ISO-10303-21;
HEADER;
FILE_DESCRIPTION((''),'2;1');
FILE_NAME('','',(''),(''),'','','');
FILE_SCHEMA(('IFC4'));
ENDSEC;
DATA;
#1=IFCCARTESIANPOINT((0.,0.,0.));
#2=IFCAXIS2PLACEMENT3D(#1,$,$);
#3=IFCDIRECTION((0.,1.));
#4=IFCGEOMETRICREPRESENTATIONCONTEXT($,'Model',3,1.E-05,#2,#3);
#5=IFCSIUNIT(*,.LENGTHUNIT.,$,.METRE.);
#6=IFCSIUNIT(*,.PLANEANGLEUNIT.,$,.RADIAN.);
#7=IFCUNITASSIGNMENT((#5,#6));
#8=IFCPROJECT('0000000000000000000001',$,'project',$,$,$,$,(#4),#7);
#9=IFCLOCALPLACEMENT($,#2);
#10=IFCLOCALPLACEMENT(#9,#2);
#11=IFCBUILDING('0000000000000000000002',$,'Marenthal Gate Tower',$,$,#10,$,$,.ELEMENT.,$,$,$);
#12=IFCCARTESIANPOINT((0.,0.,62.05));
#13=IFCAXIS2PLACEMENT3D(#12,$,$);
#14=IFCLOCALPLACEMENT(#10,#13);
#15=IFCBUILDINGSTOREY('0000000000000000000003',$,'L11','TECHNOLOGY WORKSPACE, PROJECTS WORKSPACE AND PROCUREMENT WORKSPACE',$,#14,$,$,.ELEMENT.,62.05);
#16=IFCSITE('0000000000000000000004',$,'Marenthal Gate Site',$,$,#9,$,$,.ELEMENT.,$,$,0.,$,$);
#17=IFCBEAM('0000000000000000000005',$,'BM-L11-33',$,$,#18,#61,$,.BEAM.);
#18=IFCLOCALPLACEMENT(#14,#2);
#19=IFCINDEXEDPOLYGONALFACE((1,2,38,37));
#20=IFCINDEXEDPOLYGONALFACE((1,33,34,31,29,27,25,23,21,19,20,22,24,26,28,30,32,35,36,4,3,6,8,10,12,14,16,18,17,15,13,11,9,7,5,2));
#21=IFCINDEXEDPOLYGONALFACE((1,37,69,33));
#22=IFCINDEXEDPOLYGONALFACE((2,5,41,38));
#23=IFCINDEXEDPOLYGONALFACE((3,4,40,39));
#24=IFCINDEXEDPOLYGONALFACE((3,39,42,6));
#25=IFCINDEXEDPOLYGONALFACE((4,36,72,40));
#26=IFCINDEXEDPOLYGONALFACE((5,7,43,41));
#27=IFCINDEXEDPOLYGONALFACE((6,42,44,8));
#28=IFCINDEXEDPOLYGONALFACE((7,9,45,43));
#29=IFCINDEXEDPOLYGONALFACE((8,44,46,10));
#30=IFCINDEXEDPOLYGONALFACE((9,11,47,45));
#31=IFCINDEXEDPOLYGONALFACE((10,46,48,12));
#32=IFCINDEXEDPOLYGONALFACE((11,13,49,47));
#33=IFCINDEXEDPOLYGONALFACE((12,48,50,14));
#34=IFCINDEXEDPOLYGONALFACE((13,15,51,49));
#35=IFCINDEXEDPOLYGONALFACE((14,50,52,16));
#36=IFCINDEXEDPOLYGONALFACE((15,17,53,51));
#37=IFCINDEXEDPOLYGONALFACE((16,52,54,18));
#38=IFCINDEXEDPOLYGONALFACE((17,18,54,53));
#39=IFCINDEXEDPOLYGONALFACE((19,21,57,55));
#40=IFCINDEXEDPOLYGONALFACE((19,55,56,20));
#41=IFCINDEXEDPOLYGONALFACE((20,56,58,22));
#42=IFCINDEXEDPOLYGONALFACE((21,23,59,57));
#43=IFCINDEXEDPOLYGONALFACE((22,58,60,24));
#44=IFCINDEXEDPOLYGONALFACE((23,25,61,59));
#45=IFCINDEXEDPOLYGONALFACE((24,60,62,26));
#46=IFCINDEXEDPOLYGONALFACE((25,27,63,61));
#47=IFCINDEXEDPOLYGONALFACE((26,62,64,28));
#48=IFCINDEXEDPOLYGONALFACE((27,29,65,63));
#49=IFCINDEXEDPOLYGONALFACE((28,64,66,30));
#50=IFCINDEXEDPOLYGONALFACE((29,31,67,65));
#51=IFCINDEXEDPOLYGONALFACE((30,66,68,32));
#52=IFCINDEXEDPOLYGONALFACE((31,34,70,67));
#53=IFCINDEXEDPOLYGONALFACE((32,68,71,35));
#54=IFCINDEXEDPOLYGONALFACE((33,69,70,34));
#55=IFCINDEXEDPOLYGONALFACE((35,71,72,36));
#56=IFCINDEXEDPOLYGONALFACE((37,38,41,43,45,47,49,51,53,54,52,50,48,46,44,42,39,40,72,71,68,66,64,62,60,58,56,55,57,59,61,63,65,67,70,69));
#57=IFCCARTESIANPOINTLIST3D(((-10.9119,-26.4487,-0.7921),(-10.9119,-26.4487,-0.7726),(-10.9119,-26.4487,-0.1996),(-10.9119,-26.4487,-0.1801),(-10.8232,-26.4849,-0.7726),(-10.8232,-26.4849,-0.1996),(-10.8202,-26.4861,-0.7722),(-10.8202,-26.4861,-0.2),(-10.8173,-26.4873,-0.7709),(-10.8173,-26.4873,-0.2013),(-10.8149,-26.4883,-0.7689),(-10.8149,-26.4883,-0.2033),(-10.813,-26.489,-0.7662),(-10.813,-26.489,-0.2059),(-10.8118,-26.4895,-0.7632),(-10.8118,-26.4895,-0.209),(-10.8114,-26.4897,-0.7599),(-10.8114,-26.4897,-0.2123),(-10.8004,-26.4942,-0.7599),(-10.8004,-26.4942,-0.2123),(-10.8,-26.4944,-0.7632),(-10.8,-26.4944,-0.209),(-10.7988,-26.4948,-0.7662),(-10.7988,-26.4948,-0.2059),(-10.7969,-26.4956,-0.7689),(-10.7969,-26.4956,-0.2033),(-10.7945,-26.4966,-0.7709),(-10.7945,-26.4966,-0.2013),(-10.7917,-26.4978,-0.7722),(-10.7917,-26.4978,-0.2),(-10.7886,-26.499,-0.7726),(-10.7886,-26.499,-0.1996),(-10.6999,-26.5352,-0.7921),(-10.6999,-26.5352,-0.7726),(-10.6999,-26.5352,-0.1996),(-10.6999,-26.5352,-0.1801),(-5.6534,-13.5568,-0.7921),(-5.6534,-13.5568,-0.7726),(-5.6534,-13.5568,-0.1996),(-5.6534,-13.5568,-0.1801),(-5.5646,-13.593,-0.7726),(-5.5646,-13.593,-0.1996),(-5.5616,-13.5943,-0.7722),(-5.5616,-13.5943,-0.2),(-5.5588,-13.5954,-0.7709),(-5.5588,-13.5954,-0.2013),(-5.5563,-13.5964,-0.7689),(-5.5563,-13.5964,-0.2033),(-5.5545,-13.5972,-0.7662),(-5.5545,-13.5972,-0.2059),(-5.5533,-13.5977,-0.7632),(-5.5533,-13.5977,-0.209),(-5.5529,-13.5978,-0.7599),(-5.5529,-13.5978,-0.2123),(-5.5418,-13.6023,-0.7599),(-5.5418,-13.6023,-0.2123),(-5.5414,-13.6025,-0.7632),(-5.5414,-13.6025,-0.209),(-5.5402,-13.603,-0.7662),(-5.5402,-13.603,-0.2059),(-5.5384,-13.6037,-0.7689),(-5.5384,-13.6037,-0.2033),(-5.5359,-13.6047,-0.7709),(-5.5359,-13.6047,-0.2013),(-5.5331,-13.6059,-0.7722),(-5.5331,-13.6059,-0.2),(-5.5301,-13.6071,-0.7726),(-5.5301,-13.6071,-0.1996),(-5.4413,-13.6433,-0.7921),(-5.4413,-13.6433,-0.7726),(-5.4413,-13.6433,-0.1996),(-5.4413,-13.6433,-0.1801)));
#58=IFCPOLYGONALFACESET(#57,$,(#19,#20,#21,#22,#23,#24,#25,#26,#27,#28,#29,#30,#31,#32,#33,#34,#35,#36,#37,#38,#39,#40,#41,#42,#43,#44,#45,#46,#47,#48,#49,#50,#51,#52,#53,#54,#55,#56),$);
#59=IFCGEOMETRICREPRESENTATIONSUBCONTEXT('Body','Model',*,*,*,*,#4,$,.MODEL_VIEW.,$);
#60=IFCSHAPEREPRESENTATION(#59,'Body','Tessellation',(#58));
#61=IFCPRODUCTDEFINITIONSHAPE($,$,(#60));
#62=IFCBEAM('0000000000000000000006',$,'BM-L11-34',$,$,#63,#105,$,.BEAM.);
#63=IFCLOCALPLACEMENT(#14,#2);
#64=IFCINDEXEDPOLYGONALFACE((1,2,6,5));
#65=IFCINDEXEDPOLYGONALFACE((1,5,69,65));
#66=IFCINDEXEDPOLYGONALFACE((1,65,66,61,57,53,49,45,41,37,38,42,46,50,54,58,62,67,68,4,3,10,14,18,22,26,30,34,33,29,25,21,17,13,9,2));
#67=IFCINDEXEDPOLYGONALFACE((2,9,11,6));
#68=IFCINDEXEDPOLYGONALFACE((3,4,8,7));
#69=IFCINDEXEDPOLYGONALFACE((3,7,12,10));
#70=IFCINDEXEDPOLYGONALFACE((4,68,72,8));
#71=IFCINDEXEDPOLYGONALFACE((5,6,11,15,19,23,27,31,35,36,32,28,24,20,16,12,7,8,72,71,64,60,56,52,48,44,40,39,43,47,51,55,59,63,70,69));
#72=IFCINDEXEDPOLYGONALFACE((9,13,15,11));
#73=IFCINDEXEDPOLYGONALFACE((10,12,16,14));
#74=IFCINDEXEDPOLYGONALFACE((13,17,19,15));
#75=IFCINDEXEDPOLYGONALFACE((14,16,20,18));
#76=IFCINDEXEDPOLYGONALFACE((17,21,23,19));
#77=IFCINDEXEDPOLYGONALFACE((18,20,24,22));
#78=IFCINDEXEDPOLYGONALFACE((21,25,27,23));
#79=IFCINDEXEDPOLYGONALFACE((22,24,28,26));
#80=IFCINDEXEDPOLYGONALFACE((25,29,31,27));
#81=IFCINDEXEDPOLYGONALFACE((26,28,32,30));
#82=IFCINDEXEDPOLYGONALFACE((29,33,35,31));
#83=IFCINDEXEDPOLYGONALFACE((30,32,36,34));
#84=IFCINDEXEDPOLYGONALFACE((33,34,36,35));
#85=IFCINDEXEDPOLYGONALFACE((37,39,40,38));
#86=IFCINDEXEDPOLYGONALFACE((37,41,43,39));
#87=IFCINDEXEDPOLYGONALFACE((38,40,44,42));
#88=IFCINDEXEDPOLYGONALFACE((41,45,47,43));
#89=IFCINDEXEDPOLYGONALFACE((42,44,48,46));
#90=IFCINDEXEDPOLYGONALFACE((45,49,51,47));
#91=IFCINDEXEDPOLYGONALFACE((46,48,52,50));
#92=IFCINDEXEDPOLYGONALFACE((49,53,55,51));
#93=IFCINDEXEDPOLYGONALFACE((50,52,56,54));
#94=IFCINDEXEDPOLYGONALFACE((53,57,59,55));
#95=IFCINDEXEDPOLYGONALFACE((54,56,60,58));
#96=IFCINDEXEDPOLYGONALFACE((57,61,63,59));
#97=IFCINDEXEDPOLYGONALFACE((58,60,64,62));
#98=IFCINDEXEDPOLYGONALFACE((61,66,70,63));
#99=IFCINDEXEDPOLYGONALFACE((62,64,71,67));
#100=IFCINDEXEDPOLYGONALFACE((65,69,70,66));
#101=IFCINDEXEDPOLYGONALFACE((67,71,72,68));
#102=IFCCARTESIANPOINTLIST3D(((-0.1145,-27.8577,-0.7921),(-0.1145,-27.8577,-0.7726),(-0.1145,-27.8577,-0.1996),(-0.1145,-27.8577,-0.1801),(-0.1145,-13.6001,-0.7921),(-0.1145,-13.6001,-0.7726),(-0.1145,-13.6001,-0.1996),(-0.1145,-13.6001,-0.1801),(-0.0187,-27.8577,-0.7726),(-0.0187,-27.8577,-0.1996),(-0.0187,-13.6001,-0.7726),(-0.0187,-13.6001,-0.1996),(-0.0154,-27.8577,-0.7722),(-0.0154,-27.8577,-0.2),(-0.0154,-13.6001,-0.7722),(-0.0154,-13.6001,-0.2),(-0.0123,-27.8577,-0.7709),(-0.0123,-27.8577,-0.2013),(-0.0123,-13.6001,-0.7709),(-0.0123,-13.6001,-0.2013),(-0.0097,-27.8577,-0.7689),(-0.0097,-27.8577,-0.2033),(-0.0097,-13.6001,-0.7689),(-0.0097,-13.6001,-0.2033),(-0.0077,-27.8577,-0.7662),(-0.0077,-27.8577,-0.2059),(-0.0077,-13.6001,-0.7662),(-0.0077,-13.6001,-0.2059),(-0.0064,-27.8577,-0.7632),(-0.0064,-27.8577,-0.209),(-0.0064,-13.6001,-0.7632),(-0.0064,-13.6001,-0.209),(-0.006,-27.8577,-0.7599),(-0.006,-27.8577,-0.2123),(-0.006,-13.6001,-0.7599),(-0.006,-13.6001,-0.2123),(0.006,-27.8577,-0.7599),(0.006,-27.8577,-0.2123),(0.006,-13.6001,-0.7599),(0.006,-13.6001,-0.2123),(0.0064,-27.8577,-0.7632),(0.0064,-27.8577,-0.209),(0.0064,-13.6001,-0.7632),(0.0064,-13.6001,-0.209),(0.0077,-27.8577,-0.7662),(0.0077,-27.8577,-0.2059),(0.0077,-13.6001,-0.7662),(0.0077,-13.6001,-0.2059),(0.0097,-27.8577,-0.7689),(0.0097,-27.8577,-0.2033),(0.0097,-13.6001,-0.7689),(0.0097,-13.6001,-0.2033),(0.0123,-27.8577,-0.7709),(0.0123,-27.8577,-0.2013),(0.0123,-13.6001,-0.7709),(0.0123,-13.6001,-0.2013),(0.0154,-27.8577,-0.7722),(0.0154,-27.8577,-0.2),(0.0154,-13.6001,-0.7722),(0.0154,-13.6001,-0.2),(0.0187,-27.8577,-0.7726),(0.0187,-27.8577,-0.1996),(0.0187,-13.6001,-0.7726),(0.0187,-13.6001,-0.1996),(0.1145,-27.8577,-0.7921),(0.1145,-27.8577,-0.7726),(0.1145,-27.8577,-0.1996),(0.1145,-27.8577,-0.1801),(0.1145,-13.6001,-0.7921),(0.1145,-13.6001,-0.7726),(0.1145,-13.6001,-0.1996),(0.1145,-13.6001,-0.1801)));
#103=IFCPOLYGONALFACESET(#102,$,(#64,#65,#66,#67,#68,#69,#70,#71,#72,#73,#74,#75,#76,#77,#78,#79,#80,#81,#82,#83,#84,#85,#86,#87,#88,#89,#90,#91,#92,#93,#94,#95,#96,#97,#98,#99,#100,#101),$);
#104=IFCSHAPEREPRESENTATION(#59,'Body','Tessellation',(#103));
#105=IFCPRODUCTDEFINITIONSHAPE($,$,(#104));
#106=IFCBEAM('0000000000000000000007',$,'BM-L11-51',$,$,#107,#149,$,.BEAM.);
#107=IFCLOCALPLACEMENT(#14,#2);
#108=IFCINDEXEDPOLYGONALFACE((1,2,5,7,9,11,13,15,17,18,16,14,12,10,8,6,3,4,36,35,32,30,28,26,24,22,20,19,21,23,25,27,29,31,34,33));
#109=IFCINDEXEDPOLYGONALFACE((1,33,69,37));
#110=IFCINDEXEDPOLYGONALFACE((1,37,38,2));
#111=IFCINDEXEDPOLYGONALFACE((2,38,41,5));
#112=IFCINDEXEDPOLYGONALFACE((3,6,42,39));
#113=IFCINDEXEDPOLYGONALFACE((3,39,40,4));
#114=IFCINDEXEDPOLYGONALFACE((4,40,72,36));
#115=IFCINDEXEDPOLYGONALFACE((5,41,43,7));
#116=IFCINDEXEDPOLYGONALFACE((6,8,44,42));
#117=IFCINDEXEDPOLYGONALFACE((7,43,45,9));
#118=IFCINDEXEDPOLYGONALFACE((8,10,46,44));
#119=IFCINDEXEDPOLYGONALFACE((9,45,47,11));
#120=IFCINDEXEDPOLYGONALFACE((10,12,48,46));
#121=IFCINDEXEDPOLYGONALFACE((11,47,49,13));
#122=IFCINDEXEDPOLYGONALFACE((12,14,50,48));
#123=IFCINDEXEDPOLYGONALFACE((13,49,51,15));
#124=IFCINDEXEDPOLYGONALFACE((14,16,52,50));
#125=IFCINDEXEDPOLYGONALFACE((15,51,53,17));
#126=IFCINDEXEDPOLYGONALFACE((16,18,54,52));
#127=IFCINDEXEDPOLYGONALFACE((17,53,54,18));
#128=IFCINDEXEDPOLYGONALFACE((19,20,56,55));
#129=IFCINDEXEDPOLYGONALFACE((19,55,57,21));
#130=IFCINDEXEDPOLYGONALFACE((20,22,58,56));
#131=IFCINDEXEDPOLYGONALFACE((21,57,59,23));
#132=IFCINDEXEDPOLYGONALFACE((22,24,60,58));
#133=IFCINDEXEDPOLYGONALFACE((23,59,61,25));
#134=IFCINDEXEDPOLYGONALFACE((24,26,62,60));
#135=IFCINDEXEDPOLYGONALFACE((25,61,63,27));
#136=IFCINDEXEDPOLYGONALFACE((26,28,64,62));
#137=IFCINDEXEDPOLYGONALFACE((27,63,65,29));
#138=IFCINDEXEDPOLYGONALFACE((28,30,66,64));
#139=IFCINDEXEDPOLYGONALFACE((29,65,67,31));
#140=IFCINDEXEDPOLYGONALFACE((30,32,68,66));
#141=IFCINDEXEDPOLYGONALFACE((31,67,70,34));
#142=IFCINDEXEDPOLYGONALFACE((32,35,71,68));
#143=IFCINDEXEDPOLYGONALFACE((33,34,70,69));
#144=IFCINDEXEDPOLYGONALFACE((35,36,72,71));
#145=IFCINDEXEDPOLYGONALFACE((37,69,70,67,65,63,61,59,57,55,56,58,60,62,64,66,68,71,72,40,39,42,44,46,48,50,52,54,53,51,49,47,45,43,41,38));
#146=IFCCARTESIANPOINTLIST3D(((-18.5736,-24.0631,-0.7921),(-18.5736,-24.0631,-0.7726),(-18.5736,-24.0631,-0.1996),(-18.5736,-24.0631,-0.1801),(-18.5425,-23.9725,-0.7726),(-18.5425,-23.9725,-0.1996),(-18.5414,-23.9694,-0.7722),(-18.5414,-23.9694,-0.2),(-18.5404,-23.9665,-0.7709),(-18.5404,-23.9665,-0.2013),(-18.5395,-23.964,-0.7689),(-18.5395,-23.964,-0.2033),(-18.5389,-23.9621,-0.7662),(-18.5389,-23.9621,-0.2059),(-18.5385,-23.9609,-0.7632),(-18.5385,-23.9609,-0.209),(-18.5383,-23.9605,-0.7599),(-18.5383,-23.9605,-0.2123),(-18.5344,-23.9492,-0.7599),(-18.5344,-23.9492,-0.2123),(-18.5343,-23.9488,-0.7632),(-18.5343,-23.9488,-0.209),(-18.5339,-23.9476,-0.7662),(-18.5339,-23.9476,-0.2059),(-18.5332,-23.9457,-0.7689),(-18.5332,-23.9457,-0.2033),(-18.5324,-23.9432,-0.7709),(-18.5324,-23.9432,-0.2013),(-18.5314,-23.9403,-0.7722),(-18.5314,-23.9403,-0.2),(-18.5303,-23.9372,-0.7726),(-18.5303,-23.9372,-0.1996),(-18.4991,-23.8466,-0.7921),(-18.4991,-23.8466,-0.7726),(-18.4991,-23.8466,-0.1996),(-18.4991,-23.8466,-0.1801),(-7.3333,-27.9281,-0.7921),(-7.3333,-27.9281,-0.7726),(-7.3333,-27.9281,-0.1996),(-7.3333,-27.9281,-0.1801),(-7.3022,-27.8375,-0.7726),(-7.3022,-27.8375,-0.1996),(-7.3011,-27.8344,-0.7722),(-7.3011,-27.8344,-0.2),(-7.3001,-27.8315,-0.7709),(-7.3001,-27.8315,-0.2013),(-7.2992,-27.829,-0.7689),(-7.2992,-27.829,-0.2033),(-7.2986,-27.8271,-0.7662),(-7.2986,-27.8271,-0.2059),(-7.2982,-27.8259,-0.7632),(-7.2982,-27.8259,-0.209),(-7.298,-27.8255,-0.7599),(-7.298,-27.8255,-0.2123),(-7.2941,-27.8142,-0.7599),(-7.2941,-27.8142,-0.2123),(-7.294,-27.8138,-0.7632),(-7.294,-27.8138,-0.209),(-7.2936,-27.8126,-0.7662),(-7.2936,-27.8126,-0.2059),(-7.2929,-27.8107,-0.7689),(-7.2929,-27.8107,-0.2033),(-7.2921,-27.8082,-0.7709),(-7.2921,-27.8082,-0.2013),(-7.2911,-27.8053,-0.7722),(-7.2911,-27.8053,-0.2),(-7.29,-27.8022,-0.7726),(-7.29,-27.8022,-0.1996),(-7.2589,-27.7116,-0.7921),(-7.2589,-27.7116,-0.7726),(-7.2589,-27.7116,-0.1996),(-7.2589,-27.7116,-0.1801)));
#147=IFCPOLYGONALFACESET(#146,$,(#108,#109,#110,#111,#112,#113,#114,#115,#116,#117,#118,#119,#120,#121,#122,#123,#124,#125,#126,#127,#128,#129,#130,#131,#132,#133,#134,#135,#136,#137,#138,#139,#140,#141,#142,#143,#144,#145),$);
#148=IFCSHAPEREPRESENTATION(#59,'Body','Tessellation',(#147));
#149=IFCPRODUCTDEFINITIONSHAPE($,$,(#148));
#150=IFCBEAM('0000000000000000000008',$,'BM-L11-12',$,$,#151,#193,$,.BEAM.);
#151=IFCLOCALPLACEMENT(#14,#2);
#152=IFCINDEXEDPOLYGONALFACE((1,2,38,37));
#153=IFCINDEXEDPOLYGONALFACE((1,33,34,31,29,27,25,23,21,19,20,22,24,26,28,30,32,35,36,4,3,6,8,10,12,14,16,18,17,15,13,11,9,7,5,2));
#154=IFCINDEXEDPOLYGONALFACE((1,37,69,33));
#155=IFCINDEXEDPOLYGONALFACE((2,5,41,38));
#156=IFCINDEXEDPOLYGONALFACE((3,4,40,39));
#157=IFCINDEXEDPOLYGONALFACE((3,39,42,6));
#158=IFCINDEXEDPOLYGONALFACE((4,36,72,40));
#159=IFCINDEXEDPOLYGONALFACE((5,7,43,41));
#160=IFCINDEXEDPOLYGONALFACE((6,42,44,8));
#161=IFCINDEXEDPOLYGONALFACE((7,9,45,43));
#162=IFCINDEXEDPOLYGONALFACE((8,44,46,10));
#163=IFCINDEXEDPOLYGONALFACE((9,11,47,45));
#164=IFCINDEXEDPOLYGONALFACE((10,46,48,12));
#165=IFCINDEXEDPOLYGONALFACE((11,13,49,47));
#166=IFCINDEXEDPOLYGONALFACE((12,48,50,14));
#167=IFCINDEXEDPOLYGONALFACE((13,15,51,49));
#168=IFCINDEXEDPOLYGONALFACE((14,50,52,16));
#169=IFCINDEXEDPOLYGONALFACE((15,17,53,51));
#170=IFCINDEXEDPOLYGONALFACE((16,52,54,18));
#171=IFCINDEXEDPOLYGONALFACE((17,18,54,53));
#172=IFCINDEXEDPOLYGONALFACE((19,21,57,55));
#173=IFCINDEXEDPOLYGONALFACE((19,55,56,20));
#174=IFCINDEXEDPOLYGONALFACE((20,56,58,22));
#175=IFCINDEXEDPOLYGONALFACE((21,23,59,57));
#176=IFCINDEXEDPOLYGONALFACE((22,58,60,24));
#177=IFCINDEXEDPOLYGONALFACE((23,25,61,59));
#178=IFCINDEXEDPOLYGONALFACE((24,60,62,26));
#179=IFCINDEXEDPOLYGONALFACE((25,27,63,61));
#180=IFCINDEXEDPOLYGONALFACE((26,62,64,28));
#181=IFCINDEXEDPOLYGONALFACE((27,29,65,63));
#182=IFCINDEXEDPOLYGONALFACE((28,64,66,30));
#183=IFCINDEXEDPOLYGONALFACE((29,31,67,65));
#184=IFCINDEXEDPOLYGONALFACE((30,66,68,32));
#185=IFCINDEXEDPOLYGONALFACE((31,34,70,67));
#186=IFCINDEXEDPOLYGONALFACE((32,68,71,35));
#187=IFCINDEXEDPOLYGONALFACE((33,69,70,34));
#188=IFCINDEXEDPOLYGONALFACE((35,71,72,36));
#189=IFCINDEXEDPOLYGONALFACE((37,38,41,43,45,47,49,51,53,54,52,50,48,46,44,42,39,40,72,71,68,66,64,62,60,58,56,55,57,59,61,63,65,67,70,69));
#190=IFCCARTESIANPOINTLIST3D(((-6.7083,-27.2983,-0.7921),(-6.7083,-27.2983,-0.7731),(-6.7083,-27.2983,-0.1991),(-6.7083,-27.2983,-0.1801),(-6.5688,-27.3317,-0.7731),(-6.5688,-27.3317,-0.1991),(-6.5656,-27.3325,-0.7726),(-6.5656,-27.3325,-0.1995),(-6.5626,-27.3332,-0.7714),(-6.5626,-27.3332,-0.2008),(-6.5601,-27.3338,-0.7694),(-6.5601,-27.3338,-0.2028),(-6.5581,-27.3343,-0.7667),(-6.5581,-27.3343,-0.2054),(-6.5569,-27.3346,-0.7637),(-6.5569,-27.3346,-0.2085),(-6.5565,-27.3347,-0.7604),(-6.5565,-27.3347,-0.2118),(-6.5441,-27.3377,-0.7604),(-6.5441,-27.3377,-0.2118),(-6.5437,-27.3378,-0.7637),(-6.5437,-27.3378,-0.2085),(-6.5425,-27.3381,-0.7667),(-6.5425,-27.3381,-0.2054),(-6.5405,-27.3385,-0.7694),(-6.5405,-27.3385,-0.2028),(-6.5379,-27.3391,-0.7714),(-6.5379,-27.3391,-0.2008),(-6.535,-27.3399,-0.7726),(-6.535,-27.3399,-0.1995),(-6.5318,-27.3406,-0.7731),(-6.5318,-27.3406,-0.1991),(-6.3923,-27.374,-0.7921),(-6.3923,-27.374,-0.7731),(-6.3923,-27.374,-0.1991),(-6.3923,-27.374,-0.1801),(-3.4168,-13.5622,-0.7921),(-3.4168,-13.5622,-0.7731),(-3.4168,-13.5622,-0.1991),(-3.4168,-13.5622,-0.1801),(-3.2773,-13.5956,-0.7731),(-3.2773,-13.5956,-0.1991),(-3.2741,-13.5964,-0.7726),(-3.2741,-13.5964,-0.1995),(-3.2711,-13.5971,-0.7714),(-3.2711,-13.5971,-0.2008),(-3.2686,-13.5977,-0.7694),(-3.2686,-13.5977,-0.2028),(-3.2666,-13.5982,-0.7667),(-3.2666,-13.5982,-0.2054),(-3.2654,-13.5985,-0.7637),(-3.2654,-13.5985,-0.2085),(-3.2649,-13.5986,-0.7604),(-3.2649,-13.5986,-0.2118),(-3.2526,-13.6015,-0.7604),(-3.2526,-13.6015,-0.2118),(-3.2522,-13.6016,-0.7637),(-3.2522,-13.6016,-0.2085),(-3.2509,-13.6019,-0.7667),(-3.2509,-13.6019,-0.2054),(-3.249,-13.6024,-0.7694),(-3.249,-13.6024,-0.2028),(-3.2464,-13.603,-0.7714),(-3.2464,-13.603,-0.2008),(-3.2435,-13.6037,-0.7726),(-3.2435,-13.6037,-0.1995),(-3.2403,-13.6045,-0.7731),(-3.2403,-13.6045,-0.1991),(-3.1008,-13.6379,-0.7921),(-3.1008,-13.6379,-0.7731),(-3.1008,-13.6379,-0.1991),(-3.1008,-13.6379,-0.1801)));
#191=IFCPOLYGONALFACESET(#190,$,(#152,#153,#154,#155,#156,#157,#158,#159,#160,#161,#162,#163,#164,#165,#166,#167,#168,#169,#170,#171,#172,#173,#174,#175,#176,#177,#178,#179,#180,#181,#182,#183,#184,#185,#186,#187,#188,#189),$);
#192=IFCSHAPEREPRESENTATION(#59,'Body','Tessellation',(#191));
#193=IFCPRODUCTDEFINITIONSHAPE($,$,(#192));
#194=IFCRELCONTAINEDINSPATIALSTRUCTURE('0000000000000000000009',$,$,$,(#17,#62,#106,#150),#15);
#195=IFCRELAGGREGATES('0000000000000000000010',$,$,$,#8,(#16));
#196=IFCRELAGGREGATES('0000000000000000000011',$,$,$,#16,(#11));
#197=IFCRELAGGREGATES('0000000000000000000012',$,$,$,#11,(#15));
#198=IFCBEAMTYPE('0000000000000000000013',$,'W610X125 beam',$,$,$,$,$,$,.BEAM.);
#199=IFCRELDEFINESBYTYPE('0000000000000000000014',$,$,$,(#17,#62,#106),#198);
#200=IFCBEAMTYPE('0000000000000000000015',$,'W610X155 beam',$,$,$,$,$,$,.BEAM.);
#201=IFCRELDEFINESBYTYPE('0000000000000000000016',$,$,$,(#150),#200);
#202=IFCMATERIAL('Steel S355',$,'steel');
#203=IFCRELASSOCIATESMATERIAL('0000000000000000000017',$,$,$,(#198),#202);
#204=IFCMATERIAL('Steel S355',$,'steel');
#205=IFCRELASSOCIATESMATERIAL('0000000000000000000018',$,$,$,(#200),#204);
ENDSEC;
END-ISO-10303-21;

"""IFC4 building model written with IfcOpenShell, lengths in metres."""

from ifc_helpers import new_model, si_unit, direction, frame, origin, origin_2d, place, context, subcontext, project, spatial, i_section, extrude, material, material_profile, profile_set, type_object, element, save


model = new_model("IFC4")

# Units and contexts
model_context = context("Model", 3, precision=1e-05, world=origin(), true_north=direction((0.0, 1.0)))
body_context = subcontext(model_context, "Body", "Model", "MODEL_VIEW")
ifc_project = project(units=[si_unit("LENGTHUNIT", "METRE"), si_unit("PLANEANGLEUNIT", "RADIAN")], contexts=[model_context])

# Site, building, storey
site_placement = place(None, origin())
site = spatial("IfcSite", under=ifc_project, at=site_placement, Name="Marenthal Gate Site", CompositionType="ELEMENT", RefElevation=0.0)
building_placement = place(site_placement, origin())
building = spatial("IfcBuilding", under=site, at=building_placement, Name="Marenthal Gate Tower", CompositionType="ELEMENT")
storey_placement = place(building_placement, frame((0.0, 0.0, 62.05)))
storey = spatial("IfcBuildingStorey", under=building, at=storey_placement, Name="L11", Description="TECHNOLOGY WORKSPACE, PROJECTS WORKSPACE AND PROCUREMENT WORKSPACE", CompositionType="ELEMENT", Elevation=62.05)

# Beams
ifc_material_1 = material(Name="Steel S355", Category="steel")
ifc_material_profile_1 = material_profile(ifc_material_1, i_section(OverallWidth=0.229, OverallDepth=0.6121, WebThickness=0.012, FlangeThickness=0.0195, FilletRadius=0.0127, at=origin_2d()), Name="W610X125")
ifc_profile_set_1 = profile_set([ifc_material_profile_1], Name="Steel S355")
beam_type_1 = type_object("IfcBeamType", Name="W610X125 beam", PredefinedType="BEAM", material=ifc_profile_set_1)
beam_1_placement = place(storey_placement, frame((-10.8059, -26.4919, -0.4861), z_axis=(0.377686, 0.925934, 0.0), x_axis=(-0.925934, 0.377686, 0.0)))
element("IfcBeam", 1, at=beam_1_placement, inside=storey, type_object=beam_type_1, Name="BM-L11-33", PredefinedType="BEAM", context=body_context, shape_type="SweptSolid", body=[
    extrude(i_section(OverallWidth=0.229, OverallDepth=0.6121, WebThickness=0.012, FlangeThickness=0.0195, FilletRadius=0.0127, at=origin_2d()), origin(), (0.0, 0.0, 1.0), 13.9231),
])
beam_2_placement = place(storey_placement, frame((0.0, -27.8577, -0.4861), z_axis=(0.0, 1.0, 0.0), x_axis=(-1.0, 0.0, 0.0)))
element("IfcBeam", 2, at=beam_2_placement, inside=storey, type_object=beam_type_1, Name="BM-L11-34", PredefinedType="BEAM", context=body_context, shape_type="SweptSolid", body=[
    extrude(i_section(OverallWidth=0.229, OverallDepth=0.6121, WebThickness=0.012, FlangeThickness=0.0195, FilletRadius=0.0127, at=origin_2d()), origin(), (0.0, 0.0, 1.0), 14.2576),
])
beam_3_placement = place(storey_placement, frame((-18.5364, -23.9548, -0.4861), z_axis=(0.945657, -0.325167, 0.0), x_axis=(0.325167, 0.945657, 0.0)))
element("IfcBeam", 3, at=beam_3_placement, inside=storey, type_object=beam_type_1, Name="BM-L11-51", PredefinedType="BEAM", context=body_context, shape_type="SweptSolid", body=[
    extrude(i_section(OverallWidth=0.229, OverallDepth=0.6121, WebThickness=0.012, FlangeThickness=0.0195, FilletRadius=0.0127, at=origin_2d()), origin(), (0.0, 0.0, 1.0), 11.8862),
])
ifc_material_2 = material(Name="Steel S355", Category="steel")
ifc_material_profile_2 = material_profile(ifc_material_2, i_section(OverallWidth=0.325, OverallDepth=0.6121, WebThickness=0.0127, FlangeThickness=0.019, FilletRadius=0.0127, at=origin_2d()), Name="W610X155")
ifc_profile_set_2 = profile_set([ifc_material_profile_2], Name="Steel S355")
beam_type_2 = type_object("IfcBeamType", Name="W610X155 beam", PredefinedType="BEAM", material=ifc_profile_set_2)
beam_4_placement = place(storey_placement, frame((-6.5503, -27.3362, -0.4861), z_axis=(0.233028, 0.97247, 0.0), x_axis=(-0.97247, 0.233028, 0.0)))
element("IfcBeam", 4, at=beam_4_placement, inside=storey, type_object=beam_type_2, Name="BM-L11-12", PredefinedType="BEAM", context=body_context, shape_type="SweptSolid", body=[
    extrude(i_section(OverallWidth=0.325, OverallDepth=0.6121, WebThickness=0.0127, FlangeThickness=0.019, FilletRadius=0.0127, at=origin_2d()), origin(), (0.0, 0.0, 1.0), 14.125),
])

save(model, "model.ifc")
